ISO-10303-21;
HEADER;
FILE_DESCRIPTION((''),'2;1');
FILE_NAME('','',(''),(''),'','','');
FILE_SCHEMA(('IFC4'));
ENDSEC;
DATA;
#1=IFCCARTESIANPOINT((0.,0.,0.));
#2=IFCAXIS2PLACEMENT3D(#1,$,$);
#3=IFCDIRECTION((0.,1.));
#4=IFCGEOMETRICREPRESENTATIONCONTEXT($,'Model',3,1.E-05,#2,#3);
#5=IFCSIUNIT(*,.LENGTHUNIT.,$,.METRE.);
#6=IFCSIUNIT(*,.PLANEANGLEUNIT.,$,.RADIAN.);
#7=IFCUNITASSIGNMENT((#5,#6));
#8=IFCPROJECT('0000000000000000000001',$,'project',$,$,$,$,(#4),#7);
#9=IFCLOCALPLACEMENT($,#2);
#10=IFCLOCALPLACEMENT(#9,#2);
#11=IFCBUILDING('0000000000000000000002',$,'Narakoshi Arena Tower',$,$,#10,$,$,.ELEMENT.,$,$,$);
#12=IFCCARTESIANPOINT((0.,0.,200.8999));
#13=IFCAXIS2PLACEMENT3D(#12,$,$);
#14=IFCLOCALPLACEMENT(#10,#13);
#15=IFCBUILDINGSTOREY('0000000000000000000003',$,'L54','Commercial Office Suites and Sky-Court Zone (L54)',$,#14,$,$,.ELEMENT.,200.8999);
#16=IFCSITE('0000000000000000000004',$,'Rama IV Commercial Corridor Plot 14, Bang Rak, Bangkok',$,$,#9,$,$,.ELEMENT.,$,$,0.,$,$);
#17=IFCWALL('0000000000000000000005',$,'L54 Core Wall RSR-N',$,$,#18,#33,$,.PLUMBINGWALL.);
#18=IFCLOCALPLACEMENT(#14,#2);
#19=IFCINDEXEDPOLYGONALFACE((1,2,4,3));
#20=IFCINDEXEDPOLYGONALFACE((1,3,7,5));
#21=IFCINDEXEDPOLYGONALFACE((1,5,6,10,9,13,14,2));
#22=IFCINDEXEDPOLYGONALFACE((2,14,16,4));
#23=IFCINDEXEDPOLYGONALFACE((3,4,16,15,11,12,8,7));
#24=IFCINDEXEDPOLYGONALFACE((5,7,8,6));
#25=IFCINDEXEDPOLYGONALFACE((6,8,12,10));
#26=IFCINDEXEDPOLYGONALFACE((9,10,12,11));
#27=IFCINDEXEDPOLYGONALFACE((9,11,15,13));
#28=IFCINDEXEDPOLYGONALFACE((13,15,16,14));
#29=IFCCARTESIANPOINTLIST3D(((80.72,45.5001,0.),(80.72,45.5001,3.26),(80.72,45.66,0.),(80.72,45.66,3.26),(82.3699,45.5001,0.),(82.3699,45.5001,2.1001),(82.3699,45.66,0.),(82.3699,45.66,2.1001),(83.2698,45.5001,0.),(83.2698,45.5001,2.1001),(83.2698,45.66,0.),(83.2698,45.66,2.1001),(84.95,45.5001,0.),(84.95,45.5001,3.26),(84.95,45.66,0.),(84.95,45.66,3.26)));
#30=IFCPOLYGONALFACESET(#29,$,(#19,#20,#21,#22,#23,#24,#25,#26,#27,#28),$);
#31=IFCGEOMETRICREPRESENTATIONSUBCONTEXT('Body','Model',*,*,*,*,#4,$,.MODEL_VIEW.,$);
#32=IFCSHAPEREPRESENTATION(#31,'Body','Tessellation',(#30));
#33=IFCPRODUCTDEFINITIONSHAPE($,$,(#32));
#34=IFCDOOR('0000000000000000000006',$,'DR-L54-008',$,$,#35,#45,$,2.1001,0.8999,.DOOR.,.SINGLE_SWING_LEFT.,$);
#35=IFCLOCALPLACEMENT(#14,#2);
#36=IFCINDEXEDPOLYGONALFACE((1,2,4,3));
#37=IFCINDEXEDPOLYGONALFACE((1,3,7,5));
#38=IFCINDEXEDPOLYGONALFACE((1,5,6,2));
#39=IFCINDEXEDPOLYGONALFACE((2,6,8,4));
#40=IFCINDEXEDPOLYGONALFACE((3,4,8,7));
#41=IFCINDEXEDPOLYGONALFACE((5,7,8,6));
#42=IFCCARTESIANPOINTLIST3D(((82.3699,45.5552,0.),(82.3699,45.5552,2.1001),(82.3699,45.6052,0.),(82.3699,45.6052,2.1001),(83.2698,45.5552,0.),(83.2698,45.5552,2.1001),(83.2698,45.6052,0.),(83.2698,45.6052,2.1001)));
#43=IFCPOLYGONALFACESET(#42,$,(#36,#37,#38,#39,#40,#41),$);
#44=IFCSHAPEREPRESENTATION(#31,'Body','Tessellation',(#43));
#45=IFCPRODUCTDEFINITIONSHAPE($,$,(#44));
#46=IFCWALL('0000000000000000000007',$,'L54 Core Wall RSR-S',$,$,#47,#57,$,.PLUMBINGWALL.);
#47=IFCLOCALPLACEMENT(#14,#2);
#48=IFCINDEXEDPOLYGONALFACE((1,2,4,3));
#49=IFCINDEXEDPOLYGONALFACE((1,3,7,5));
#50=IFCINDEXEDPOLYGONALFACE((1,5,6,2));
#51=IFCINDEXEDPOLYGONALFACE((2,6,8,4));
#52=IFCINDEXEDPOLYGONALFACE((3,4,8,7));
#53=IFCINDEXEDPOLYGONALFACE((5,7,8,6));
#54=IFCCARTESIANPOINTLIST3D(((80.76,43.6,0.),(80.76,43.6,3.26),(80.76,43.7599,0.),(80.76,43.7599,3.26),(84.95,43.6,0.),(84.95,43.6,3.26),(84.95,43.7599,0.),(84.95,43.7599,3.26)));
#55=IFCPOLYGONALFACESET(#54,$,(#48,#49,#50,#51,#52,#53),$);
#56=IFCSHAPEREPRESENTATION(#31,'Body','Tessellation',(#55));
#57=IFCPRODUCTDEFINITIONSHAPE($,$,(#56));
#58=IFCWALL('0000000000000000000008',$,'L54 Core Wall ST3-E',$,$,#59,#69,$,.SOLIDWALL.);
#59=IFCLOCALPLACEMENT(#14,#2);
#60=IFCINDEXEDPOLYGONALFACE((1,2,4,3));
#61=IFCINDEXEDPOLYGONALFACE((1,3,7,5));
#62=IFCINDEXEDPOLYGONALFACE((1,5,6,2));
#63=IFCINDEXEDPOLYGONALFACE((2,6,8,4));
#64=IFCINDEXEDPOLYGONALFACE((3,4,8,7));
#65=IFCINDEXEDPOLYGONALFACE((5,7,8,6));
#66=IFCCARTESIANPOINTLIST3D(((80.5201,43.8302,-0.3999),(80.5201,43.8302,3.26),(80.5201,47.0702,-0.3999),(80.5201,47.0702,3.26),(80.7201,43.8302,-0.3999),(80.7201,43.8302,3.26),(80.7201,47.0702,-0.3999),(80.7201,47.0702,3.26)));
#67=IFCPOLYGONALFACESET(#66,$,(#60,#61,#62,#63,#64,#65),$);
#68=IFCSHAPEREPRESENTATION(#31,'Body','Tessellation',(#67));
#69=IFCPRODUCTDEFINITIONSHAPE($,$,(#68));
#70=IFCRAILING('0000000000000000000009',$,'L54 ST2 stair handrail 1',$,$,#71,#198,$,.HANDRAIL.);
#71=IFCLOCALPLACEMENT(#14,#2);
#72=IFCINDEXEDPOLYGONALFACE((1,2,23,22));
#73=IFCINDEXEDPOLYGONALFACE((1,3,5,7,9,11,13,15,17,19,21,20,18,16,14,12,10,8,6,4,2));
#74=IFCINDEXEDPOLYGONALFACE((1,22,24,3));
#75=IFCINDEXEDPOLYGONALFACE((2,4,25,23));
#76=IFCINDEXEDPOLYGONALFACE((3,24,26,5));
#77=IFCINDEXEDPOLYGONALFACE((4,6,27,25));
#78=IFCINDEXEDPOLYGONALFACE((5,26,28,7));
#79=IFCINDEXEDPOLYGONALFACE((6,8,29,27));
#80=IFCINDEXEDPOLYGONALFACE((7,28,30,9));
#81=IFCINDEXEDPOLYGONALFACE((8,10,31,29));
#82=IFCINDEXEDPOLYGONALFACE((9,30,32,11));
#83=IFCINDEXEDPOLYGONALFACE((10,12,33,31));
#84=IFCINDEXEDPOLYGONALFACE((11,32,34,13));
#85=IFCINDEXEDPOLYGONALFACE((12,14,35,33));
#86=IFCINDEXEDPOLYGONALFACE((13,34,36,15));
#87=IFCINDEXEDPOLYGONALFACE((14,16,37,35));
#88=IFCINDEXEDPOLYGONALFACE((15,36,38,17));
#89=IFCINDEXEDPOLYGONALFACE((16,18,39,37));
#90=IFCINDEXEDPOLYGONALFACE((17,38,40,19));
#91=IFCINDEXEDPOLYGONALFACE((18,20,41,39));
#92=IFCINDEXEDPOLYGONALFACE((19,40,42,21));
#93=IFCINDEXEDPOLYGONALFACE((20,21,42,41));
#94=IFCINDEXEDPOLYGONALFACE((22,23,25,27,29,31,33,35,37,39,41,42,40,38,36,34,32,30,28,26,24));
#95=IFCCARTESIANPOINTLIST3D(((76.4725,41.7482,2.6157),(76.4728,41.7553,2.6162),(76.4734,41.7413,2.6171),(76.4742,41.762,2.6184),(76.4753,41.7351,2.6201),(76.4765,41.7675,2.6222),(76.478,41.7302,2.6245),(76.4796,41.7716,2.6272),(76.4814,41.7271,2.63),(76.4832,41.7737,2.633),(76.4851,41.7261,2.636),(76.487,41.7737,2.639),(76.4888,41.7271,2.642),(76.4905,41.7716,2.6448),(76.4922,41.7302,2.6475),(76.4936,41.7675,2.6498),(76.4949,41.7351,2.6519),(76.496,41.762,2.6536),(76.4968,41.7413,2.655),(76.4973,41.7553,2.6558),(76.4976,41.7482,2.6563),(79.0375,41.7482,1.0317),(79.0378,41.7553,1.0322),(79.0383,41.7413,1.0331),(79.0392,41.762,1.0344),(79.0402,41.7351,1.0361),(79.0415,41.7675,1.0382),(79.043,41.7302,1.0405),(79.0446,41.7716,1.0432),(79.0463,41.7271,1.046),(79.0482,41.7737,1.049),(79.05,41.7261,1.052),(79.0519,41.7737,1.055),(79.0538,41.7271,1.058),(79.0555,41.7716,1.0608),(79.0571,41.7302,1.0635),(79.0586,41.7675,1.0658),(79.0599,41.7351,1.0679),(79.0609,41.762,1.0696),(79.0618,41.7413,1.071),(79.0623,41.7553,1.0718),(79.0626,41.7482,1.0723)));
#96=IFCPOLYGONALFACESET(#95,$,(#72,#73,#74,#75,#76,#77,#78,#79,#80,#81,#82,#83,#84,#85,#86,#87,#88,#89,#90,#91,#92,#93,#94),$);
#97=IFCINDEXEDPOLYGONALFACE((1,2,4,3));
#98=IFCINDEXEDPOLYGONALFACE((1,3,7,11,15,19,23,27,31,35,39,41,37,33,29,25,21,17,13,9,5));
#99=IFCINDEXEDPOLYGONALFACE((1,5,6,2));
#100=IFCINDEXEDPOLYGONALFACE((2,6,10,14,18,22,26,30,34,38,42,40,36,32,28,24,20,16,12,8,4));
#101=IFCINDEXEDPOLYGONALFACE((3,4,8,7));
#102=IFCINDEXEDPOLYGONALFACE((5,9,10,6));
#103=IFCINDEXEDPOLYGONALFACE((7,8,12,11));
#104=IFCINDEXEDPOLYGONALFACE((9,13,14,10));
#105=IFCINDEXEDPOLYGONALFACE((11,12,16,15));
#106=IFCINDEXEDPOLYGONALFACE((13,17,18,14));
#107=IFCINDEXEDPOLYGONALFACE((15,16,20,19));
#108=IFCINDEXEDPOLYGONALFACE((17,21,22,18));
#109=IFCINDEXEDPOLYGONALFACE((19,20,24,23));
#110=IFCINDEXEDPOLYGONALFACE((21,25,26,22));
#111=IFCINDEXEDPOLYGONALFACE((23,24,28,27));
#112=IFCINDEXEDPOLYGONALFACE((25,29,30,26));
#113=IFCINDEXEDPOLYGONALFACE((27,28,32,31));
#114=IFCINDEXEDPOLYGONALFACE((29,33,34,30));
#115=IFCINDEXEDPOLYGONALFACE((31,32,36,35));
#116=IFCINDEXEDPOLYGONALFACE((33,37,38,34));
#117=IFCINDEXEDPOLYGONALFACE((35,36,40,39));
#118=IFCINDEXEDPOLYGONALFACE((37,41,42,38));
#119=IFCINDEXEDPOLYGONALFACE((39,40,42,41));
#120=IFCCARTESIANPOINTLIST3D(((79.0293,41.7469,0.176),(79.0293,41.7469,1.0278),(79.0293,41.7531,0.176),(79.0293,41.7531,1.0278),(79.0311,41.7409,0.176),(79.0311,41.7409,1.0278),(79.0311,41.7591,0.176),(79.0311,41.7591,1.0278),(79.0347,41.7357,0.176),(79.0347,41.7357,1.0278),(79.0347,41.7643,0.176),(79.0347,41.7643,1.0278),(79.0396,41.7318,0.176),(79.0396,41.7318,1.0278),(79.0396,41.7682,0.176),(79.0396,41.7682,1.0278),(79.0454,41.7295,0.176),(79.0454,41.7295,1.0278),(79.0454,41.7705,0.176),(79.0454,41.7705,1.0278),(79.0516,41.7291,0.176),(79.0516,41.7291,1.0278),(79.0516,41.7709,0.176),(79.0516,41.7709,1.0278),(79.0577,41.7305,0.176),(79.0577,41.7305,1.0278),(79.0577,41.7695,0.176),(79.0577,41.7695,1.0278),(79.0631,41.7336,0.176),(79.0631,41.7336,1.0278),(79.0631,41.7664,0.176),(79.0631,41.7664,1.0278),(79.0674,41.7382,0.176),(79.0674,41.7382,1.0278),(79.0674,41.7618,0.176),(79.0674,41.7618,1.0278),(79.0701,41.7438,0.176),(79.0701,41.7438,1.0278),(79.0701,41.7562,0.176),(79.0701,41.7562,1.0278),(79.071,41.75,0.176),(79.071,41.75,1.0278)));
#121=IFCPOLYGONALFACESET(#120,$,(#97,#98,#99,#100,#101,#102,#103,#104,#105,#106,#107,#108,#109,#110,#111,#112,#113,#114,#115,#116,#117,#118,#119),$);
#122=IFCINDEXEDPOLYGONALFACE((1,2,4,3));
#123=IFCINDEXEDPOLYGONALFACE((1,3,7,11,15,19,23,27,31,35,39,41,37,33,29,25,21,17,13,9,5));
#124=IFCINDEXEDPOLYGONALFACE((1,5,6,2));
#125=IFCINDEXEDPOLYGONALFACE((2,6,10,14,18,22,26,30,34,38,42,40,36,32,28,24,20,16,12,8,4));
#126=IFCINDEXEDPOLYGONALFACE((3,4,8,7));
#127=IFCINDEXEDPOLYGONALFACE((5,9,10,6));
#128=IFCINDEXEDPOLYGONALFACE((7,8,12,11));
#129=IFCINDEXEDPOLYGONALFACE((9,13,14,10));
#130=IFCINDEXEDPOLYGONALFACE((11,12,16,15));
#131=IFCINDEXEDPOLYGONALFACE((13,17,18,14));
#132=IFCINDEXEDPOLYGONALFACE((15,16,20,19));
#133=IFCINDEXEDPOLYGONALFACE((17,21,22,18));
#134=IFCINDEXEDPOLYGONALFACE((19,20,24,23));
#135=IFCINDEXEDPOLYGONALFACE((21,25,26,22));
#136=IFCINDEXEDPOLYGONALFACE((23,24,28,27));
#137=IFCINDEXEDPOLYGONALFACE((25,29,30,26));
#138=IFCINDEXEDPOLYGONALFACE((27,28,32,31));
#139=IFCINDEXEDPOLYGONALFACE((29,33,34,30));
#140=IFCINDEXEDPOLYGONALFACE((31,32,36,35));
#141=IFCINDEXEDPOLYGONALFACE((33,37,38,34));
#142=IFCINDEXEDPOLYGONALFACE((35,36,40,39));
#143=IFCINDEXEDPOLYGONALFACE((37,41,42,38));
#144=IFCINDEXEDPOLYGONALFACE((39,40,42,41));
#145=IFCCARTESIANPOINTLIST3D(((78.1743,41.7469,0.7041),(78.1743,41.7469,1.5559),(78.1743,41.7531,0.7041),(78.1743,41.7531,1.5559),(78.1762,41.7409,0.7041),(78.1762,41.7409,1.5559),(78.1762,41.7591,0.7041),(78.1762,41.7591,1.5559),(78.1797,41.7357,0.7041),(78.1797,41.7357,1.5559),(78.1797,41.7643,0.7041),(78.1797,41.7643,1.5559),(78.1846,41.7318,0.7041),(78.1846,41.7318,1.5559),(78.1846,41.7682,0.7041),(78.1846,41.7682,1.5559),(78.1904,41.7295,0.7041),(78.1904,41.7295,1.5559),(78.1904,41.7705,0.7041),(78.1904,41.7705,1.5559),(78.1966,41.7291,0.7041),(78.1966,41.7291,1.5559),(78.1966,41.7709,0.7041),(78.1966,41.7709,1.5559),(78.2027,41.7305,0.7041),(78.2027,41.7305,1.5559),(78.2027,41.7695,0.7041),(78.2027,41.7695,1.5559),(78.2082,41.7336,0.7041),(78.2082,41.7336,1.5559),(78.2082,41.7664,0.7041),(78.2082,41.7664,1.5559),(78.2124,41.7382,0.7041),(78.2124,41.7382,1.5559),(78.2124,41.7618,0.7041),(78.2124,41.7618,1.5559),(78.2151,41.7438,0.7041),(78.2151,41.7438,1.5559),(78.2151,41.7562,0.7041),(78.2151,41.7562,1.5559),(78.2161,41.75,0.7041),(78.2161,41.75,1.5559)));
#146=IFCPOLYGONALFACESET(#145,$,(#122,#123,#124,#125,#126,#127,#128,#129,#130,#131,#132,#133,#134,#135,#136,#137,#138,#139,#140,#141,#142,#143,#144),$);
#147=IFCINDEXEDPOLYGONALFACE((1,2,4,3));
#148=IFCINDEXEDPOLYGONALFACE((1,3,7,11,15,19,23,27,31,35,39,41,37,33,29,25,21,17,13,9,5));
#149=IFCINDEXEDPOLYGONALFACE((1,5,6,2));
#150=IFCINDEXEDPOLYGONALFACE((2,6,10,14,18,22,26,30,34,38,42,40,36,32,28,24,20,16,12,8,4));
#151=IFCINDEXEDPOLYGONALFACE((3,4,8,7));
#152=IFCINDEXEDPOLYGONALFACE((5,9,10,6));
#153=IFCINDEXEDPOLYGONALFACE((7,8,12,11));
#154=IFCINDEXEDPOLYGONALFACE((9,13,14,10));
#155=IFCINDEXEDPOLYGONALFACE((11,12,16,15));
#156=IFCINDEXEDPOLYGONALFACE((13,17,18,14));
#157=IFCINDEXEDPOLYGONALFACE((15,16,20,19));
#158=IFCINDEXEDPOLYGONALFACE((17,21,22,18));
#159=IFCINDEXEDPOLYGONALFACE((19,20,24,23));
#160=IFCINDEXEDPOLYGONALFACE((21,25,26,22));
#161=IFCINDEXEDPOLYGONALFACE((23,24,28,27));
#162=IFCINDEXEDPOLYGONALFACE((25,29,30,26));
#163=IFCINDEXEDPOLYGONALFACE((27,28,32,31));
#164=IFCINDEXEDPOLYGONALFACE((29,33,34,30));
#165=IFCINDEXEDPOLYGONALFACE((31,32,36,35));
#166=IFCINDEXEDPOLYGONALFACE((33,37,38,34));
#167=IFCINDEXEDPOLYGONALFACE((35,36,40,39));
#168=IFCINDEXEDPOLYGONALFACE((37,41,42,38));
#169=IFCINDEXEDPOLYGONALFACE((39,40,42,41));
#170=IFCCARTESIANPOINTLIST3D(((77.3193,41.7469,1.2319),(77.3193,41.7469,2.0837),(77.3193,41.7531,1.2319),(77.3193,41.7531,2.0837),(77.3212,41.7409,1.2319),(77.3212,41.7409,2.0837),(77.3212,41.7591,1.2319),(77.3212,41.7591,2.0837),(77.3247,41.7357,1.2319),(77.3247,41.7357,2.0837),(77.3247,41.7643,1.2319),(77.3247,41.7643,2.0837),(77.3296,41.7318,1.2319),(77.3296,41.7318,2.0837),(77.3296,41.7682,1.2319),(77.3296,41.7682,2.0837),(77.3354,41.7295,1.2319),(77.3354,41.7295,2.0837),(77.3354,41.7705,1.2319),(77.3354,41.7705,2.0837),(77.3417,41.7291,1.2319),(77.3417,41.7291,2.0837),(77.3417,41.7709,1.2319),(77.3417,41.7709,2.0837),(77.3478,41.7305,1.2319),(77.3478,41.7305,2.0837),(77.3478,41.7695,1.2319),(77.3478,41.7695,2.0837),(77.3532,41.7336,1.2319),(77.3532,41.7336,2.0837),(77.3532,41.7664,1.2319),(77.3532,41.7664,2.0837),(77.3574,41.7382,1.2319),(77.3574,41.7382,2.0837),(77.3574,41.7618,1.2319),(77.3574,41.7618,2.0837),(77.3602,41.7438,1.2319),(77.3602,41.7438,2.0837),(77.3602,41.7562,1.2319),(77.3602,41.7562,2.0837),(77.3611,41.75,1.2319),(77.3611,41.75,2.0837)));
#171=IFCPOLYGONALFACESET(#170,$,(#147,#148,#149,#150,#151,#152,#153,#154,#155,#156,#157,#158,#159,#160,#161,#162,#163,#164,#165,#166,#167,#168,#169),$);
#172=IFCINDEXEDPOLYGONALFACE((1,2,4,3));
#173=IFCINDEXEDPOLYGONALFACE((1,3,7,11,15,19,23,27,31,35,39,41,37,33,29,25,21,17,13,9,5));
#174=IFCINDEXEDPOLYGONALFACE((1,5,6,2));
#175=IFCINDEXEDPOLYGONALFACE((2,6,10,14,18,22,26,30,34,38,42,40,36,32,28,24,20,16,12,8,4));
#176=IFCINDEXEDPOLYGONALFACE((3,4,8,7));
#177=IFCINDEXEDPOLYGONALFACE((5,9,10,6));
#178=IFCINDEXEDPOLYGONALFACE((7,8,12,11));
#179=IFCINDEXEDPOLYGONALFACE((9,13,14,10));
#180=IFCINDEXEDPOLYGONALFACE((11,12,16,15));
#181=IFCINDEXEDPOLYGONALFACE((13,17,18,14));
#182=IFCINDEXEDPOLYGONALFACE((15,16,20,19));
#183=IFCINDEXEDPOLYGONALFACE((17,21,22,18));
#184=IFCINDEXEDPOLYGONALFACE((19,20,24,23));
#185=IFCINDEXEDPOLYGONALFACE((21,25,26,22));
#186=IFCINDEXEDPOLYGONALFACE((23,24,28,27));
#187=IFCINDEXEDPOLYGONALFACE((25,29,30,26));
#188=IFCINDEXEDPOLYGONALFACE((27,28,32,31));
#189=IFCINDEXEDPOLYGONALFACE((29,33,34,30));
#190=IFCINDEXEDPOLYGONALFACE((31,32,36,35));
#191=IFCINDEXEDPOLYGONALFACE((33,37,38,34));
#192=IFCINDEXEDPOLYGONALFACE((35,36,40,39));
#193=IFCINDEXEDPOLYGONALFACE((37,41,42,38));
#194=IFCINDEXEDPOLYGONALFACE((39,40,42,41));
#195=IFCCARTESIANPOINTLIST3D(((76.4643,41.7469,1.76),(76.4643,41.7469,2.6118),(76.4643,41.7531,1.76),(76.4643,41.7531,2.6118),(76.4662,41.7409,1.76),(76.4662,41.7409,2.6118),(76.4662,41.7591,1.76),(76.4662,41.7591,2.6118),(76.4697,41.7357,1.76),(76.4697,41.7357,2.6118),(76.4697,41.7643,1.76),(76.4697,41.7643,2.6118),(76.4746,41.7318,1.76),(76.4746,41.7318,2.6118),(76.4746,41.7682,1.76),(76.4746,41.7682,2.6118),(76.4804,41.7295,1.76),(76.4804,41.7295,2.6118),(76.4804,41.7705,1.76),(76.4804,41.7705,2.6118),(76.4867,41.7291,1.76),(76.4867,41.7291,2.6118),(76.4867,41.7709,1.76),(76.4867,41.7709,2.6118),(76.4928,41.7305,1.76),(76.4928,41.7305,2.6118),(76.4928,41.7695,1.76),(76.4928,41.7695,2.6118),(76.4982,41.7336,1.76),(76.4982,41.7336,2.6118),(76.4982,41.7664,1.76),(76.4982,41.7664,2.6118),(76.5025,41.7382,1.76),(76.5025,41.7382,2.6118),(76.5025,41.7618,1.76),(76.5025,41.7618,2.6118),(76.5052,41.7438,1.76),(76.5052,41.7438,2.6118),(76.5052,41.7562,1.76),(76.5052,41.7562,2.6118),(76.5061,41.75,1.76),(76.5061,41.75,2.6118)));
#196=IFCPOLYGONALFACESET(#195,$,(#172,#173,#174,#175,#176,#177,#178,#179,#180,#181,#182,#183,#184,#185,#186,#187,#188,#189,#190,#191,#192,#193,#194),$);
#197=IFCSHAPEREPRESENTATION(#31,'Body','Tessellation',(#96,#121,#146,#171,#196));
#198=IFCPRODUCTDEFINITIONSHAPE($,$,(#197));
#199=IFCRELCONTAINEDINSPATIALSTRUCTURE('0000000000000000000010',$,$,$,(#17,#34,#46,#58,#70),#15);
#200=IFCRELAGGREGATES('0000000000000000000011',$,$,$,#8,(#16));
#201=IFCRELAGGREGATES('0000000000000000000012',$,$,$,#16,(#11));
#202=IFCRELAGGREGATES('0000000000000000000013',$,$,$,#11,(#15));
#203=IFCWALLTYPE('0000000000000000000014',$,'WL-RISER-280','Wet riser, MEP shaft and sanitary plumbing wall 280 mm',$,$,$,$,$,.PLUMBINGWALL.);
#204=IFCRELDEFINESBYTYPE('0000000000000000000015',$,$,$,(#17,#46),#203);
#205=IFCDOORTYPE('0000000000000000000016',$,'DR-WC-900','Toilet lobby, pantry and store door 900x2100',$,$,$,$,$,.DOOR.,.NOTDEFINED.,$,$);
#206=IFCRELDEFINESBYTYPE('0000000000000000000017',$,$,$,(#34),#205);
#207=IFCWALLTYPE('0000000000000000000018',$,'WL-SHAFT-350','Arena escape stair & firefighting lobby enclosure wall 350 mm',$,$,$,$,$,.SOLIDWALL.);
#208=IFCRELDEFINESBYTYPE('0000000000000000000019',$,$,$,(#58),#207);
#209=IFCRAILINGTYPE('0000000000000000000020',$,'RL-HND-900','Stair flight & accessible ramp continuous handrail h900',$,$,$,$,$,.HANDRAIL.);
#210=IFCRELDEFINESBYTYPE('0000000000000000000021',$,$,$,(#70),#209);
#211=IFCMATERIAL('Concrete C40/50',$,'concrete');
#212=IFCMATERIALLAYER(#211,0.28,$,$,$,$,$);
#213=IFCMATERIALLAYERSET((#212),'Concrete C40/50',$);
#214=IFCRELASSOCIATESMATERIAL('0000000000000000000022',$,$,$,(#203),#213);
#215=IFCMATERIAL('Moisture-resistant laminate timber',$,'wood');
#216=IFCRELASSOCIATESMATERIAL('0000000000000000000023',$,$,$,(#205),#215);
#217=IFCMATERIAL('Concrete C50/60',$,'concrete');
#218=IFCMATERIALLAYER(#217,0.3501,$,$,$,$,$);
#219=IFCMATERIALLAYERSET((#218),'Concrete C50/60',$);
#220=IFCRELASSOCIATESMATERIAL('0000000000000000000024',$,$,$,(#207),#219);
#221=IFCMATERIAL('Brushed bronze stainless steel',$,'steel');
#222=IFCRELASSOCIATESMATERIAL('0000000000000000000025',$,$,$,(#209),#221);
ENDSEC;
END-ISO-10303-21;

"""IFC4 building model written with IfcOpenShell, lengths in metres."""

from ifc_helpers import new_model, si_unit, direction, frame, frame_2d, origin, origin_2d, place, context, subcontext, project, spatial, rectangle, circle, extrude, material, layer, layer_set, type_object, element, fill, save


model = new_model("IFC4")

# Units and contexts
model_context = context("Model", 3, precision=1e-05, world=origin(), true_north=direction((0.0, 1.0)))
body_context = subcontext(model_context, "Body", "Model", "MODEL_VIEW")
ifc_project = project(units=[si_unit("LENGTHUNIT", "METRE"), si_unit("PLANEANGLEUNIT", "RADIAN")], contexts=[model_context])

# Site, building, storey
site_placement = place(None, origin())
site = spatial("IfcSite", under=ifc_project, at=site_placement, Name="Rama IV Commercial Corridor Plot 14, Bang Rak, Bangkok", CompositionType="ELEMENT", RefElevation=0.0)
building_placement = place(site_placement, origin())
building = spatial("IfcBuilding", under=site, at=building_placement, Name="Narakoshi Arena Tower", CompositionType="ELEMENT")
storey_placement = place(building_placement, frame((0.0, 0.0, 200.8999)))
storey = spatial("IfcBuildingStorey", under=building, at=storey_placement, Name="L54", Description="Commercial Office Suites and Sky-Court Zone (L54)", CompositionType="ELEMENT", Elevation=200.8999)

# Shared definitions
ifc_material_1 = material(Name="Concrete C40/50", Category="concrete")
ifc_layer_1 = layer(ifc_material_1, 0.28)
ifc_layer_set_1 = layer_set([ifc_layer_1], Name="Concrete C40/50")
wall_type_1 = type_object("IfcWallType", Name="WL-RISER-280", Description="Wet riser, MEP shaft and sanitary plumbing wall 280 mm", PredefinedType="PLUMBINGWALL", material=ifc_layer_set_1)

# Wall, opening, door
wall_1_placement = place(storey_placement, frame((80.72, 45.5801, 0.0), z_axis=(0.0, 0.0, 1.0), x_axis=(1.0, 0.0, 0.0)))
wall_1 = element("IfcWall", 1, at=wall_1_placement, inside=storey, type_object=wall_type_1, Name="L54 Core Wall RSR-N", PredefinedType="PLUMBINGWALL", context=body_context, shape_type="SweptSolid", body=[
    extrude(rectangle(XDim=4.23, YDim=0.1599, at=frame_2d((2.115, 0.0))), origin(), (0.0, 0.0, 1.0), 3.26),
])
opening_1_placement = place(wall_1_placement, frame((1.6499, 0.0, 0.0)))
opening_1 = element("IfcOpeningElement", 2, at=opening_1_placement, cuts=wall_1, PredefinedType="OPENING", context=body_context, shape_type="SweptSolid", body=[
    extrude(rectangle(XDim=0.8999, YDim=2.1001, at=frame_2d((0.45, 1.05))), frame((0.0, 0.0898, 0.0), z_axis=(0.0, -1.0, 0.0), x_axis=(1.0, 0.0, 0.0)), (0.0, 0.0, 1.0), 0.1799),
])
ifc_material_2 = material(Name="Moisture-resistant laminate timber", Category="wood")
door_type_1 = type_object("IfcDoorType", Name="DR-WC-900", Description="Toilet lobby, pantry and store door 900x2100", OperationType="NOTDEFINED", PredefinedType="DOOR", material=ifc_material_2)
door_1_placement = place(opening_1_placement, frame((0.8999, 0.0, 0.0), z_axis=(0.0, 0.0, 1.0), x_axis=(-1.0, 0.0, 0.0)))
door_1 = element("IfcDoor", 3, at=door_1_placement, inside=storey, type_object=door_type_1, Name="DR-L54-008", OperationType="SINGLE_SWING_LEFT", OverallHeight=2.1001, OverallWidth=0.8999, PredefinedType="DOOR", context=body_context, shape_type="SweptSolid", body=[
    extrude(rectangle(XDim=0.8999, YDim=2.1001, at=frame_2d((0.45, 1.05))), frame((0.0, 0.0249, 0.0), z_axis=(0.0, -1.0, 0.0), x_axis=(1.0, 0.0, 0.0)), (0.0, 0.0, 1.0), 0.05),
])
fill(opening_1, door_1)

# Walls
wall_2_placement = place(storey_placement, frame((80.76, 43.6799, 0.0), z_axis=(0.0, 0.0, 1.0), x_axis=(1.0, 0.0, 0.0)))
element("IfcWall", 4, at=wall_2_placement, inside=storey, type_object=wall_type_1, Name="L54 Core Wall RSR-S", PredefinedType="PLUMBINGWALL", context=body_context, shape_type="SweptSolid", body=[
    extrude(rectangle(XDim=4.1899, YDim=0.1599, at=frame_2d((2.095, 0.0))), origin(), (0.0, 0.0, 1.0), 3.26),
])
ifc_material_3 = material(Name="Concrete C50/60", Category="concrete")
ifc_layer_2 = layer(ifc_material_3, 0.3501)
ifc_layer_set_2 = layer_set([ifc_layer_2], Name="Concrete C50/60")
wall_type_2 = type_object("IfcWallType", Name="WL-SHAFT-350", Description="Arena escape stair & firefighting lobby enclosure wall 350 mm", PredefinedType="SOLIDWALL", material=ifc_layer_set_2)
wall_3_placement = place(storey_placement, frame((80.6201, 43.8301, -0.3999), z_axis=(0.0, 0.0, 1.0), x_axis=(0.0, 1.0, 0.0)))
element("IfcWall", 5, at=wall_3_placement, inside=storey, type_object=wall_type_2, Name="L54 Core Wall ST3-E", PredefinedType="SOLIDWALL", context=body_context, shape_type="SweptSolid", body=[
    extrude(rectangle(XDim=3.24, YDim=0.2, at=frame_2d((1.6201, 0.0))), origin(), (0.0, 0.0, 1.0), 3.6599),
])

# Railing
ifc_material_4 = material(Name="Brushed bronze stainless steel", Category="steel")
railing_type = type_object("IfcRailingType", Name="RL-HND-900", Description="Stair flight & accessible ramp continuous handrail h900", PredefinedType="HANDRAIL", material=ifc_material_4)
railing_placement = place(storey_placement, frame((79.05, 41.75, 0.176)))
element("IfcRailing", 6, at=railing_placement, inside=storey, type_object=railing_type, Name="L54 ST2 stair handrail 1", PredefinedType="HANDRAIL", context=body_context, shape_type="SweptSolid", body=[
    extrude(circle(Radius=0.0239, at=origin_2d()), frame((0.0, 0.0, 0.876), z_axis=(-0.850834, 0.0, 0.525434), x_axis=(0.0, -1.0, 0.0)), (0.0, 0.0, 1.0), 3.0146),
    extrude(circle(Radius=0.021, at=origin_2d()), origin(), (0.0, 0.0, 1.0), 0.8518),
    extrude(circle(Radius=0.021, at=origin_2d()), frame((-0.855, 0.0, 0.5281)), (0.0, 0.0, 1.0), 0.8518),
    extrude(circle(Radius=0.021, at=origin_2d()), frame((-1.71, 0.0, 1.0559)), (0.0, 0.0, 1.0), 0.8518),
    extrude(circle(Radius=0.021, at=origin_2d()), frame((-2.5649, 0.0, 1.584)), (0.0, 0.0, 1.0), 0.8518),
])

save(model, "model.ifc")
